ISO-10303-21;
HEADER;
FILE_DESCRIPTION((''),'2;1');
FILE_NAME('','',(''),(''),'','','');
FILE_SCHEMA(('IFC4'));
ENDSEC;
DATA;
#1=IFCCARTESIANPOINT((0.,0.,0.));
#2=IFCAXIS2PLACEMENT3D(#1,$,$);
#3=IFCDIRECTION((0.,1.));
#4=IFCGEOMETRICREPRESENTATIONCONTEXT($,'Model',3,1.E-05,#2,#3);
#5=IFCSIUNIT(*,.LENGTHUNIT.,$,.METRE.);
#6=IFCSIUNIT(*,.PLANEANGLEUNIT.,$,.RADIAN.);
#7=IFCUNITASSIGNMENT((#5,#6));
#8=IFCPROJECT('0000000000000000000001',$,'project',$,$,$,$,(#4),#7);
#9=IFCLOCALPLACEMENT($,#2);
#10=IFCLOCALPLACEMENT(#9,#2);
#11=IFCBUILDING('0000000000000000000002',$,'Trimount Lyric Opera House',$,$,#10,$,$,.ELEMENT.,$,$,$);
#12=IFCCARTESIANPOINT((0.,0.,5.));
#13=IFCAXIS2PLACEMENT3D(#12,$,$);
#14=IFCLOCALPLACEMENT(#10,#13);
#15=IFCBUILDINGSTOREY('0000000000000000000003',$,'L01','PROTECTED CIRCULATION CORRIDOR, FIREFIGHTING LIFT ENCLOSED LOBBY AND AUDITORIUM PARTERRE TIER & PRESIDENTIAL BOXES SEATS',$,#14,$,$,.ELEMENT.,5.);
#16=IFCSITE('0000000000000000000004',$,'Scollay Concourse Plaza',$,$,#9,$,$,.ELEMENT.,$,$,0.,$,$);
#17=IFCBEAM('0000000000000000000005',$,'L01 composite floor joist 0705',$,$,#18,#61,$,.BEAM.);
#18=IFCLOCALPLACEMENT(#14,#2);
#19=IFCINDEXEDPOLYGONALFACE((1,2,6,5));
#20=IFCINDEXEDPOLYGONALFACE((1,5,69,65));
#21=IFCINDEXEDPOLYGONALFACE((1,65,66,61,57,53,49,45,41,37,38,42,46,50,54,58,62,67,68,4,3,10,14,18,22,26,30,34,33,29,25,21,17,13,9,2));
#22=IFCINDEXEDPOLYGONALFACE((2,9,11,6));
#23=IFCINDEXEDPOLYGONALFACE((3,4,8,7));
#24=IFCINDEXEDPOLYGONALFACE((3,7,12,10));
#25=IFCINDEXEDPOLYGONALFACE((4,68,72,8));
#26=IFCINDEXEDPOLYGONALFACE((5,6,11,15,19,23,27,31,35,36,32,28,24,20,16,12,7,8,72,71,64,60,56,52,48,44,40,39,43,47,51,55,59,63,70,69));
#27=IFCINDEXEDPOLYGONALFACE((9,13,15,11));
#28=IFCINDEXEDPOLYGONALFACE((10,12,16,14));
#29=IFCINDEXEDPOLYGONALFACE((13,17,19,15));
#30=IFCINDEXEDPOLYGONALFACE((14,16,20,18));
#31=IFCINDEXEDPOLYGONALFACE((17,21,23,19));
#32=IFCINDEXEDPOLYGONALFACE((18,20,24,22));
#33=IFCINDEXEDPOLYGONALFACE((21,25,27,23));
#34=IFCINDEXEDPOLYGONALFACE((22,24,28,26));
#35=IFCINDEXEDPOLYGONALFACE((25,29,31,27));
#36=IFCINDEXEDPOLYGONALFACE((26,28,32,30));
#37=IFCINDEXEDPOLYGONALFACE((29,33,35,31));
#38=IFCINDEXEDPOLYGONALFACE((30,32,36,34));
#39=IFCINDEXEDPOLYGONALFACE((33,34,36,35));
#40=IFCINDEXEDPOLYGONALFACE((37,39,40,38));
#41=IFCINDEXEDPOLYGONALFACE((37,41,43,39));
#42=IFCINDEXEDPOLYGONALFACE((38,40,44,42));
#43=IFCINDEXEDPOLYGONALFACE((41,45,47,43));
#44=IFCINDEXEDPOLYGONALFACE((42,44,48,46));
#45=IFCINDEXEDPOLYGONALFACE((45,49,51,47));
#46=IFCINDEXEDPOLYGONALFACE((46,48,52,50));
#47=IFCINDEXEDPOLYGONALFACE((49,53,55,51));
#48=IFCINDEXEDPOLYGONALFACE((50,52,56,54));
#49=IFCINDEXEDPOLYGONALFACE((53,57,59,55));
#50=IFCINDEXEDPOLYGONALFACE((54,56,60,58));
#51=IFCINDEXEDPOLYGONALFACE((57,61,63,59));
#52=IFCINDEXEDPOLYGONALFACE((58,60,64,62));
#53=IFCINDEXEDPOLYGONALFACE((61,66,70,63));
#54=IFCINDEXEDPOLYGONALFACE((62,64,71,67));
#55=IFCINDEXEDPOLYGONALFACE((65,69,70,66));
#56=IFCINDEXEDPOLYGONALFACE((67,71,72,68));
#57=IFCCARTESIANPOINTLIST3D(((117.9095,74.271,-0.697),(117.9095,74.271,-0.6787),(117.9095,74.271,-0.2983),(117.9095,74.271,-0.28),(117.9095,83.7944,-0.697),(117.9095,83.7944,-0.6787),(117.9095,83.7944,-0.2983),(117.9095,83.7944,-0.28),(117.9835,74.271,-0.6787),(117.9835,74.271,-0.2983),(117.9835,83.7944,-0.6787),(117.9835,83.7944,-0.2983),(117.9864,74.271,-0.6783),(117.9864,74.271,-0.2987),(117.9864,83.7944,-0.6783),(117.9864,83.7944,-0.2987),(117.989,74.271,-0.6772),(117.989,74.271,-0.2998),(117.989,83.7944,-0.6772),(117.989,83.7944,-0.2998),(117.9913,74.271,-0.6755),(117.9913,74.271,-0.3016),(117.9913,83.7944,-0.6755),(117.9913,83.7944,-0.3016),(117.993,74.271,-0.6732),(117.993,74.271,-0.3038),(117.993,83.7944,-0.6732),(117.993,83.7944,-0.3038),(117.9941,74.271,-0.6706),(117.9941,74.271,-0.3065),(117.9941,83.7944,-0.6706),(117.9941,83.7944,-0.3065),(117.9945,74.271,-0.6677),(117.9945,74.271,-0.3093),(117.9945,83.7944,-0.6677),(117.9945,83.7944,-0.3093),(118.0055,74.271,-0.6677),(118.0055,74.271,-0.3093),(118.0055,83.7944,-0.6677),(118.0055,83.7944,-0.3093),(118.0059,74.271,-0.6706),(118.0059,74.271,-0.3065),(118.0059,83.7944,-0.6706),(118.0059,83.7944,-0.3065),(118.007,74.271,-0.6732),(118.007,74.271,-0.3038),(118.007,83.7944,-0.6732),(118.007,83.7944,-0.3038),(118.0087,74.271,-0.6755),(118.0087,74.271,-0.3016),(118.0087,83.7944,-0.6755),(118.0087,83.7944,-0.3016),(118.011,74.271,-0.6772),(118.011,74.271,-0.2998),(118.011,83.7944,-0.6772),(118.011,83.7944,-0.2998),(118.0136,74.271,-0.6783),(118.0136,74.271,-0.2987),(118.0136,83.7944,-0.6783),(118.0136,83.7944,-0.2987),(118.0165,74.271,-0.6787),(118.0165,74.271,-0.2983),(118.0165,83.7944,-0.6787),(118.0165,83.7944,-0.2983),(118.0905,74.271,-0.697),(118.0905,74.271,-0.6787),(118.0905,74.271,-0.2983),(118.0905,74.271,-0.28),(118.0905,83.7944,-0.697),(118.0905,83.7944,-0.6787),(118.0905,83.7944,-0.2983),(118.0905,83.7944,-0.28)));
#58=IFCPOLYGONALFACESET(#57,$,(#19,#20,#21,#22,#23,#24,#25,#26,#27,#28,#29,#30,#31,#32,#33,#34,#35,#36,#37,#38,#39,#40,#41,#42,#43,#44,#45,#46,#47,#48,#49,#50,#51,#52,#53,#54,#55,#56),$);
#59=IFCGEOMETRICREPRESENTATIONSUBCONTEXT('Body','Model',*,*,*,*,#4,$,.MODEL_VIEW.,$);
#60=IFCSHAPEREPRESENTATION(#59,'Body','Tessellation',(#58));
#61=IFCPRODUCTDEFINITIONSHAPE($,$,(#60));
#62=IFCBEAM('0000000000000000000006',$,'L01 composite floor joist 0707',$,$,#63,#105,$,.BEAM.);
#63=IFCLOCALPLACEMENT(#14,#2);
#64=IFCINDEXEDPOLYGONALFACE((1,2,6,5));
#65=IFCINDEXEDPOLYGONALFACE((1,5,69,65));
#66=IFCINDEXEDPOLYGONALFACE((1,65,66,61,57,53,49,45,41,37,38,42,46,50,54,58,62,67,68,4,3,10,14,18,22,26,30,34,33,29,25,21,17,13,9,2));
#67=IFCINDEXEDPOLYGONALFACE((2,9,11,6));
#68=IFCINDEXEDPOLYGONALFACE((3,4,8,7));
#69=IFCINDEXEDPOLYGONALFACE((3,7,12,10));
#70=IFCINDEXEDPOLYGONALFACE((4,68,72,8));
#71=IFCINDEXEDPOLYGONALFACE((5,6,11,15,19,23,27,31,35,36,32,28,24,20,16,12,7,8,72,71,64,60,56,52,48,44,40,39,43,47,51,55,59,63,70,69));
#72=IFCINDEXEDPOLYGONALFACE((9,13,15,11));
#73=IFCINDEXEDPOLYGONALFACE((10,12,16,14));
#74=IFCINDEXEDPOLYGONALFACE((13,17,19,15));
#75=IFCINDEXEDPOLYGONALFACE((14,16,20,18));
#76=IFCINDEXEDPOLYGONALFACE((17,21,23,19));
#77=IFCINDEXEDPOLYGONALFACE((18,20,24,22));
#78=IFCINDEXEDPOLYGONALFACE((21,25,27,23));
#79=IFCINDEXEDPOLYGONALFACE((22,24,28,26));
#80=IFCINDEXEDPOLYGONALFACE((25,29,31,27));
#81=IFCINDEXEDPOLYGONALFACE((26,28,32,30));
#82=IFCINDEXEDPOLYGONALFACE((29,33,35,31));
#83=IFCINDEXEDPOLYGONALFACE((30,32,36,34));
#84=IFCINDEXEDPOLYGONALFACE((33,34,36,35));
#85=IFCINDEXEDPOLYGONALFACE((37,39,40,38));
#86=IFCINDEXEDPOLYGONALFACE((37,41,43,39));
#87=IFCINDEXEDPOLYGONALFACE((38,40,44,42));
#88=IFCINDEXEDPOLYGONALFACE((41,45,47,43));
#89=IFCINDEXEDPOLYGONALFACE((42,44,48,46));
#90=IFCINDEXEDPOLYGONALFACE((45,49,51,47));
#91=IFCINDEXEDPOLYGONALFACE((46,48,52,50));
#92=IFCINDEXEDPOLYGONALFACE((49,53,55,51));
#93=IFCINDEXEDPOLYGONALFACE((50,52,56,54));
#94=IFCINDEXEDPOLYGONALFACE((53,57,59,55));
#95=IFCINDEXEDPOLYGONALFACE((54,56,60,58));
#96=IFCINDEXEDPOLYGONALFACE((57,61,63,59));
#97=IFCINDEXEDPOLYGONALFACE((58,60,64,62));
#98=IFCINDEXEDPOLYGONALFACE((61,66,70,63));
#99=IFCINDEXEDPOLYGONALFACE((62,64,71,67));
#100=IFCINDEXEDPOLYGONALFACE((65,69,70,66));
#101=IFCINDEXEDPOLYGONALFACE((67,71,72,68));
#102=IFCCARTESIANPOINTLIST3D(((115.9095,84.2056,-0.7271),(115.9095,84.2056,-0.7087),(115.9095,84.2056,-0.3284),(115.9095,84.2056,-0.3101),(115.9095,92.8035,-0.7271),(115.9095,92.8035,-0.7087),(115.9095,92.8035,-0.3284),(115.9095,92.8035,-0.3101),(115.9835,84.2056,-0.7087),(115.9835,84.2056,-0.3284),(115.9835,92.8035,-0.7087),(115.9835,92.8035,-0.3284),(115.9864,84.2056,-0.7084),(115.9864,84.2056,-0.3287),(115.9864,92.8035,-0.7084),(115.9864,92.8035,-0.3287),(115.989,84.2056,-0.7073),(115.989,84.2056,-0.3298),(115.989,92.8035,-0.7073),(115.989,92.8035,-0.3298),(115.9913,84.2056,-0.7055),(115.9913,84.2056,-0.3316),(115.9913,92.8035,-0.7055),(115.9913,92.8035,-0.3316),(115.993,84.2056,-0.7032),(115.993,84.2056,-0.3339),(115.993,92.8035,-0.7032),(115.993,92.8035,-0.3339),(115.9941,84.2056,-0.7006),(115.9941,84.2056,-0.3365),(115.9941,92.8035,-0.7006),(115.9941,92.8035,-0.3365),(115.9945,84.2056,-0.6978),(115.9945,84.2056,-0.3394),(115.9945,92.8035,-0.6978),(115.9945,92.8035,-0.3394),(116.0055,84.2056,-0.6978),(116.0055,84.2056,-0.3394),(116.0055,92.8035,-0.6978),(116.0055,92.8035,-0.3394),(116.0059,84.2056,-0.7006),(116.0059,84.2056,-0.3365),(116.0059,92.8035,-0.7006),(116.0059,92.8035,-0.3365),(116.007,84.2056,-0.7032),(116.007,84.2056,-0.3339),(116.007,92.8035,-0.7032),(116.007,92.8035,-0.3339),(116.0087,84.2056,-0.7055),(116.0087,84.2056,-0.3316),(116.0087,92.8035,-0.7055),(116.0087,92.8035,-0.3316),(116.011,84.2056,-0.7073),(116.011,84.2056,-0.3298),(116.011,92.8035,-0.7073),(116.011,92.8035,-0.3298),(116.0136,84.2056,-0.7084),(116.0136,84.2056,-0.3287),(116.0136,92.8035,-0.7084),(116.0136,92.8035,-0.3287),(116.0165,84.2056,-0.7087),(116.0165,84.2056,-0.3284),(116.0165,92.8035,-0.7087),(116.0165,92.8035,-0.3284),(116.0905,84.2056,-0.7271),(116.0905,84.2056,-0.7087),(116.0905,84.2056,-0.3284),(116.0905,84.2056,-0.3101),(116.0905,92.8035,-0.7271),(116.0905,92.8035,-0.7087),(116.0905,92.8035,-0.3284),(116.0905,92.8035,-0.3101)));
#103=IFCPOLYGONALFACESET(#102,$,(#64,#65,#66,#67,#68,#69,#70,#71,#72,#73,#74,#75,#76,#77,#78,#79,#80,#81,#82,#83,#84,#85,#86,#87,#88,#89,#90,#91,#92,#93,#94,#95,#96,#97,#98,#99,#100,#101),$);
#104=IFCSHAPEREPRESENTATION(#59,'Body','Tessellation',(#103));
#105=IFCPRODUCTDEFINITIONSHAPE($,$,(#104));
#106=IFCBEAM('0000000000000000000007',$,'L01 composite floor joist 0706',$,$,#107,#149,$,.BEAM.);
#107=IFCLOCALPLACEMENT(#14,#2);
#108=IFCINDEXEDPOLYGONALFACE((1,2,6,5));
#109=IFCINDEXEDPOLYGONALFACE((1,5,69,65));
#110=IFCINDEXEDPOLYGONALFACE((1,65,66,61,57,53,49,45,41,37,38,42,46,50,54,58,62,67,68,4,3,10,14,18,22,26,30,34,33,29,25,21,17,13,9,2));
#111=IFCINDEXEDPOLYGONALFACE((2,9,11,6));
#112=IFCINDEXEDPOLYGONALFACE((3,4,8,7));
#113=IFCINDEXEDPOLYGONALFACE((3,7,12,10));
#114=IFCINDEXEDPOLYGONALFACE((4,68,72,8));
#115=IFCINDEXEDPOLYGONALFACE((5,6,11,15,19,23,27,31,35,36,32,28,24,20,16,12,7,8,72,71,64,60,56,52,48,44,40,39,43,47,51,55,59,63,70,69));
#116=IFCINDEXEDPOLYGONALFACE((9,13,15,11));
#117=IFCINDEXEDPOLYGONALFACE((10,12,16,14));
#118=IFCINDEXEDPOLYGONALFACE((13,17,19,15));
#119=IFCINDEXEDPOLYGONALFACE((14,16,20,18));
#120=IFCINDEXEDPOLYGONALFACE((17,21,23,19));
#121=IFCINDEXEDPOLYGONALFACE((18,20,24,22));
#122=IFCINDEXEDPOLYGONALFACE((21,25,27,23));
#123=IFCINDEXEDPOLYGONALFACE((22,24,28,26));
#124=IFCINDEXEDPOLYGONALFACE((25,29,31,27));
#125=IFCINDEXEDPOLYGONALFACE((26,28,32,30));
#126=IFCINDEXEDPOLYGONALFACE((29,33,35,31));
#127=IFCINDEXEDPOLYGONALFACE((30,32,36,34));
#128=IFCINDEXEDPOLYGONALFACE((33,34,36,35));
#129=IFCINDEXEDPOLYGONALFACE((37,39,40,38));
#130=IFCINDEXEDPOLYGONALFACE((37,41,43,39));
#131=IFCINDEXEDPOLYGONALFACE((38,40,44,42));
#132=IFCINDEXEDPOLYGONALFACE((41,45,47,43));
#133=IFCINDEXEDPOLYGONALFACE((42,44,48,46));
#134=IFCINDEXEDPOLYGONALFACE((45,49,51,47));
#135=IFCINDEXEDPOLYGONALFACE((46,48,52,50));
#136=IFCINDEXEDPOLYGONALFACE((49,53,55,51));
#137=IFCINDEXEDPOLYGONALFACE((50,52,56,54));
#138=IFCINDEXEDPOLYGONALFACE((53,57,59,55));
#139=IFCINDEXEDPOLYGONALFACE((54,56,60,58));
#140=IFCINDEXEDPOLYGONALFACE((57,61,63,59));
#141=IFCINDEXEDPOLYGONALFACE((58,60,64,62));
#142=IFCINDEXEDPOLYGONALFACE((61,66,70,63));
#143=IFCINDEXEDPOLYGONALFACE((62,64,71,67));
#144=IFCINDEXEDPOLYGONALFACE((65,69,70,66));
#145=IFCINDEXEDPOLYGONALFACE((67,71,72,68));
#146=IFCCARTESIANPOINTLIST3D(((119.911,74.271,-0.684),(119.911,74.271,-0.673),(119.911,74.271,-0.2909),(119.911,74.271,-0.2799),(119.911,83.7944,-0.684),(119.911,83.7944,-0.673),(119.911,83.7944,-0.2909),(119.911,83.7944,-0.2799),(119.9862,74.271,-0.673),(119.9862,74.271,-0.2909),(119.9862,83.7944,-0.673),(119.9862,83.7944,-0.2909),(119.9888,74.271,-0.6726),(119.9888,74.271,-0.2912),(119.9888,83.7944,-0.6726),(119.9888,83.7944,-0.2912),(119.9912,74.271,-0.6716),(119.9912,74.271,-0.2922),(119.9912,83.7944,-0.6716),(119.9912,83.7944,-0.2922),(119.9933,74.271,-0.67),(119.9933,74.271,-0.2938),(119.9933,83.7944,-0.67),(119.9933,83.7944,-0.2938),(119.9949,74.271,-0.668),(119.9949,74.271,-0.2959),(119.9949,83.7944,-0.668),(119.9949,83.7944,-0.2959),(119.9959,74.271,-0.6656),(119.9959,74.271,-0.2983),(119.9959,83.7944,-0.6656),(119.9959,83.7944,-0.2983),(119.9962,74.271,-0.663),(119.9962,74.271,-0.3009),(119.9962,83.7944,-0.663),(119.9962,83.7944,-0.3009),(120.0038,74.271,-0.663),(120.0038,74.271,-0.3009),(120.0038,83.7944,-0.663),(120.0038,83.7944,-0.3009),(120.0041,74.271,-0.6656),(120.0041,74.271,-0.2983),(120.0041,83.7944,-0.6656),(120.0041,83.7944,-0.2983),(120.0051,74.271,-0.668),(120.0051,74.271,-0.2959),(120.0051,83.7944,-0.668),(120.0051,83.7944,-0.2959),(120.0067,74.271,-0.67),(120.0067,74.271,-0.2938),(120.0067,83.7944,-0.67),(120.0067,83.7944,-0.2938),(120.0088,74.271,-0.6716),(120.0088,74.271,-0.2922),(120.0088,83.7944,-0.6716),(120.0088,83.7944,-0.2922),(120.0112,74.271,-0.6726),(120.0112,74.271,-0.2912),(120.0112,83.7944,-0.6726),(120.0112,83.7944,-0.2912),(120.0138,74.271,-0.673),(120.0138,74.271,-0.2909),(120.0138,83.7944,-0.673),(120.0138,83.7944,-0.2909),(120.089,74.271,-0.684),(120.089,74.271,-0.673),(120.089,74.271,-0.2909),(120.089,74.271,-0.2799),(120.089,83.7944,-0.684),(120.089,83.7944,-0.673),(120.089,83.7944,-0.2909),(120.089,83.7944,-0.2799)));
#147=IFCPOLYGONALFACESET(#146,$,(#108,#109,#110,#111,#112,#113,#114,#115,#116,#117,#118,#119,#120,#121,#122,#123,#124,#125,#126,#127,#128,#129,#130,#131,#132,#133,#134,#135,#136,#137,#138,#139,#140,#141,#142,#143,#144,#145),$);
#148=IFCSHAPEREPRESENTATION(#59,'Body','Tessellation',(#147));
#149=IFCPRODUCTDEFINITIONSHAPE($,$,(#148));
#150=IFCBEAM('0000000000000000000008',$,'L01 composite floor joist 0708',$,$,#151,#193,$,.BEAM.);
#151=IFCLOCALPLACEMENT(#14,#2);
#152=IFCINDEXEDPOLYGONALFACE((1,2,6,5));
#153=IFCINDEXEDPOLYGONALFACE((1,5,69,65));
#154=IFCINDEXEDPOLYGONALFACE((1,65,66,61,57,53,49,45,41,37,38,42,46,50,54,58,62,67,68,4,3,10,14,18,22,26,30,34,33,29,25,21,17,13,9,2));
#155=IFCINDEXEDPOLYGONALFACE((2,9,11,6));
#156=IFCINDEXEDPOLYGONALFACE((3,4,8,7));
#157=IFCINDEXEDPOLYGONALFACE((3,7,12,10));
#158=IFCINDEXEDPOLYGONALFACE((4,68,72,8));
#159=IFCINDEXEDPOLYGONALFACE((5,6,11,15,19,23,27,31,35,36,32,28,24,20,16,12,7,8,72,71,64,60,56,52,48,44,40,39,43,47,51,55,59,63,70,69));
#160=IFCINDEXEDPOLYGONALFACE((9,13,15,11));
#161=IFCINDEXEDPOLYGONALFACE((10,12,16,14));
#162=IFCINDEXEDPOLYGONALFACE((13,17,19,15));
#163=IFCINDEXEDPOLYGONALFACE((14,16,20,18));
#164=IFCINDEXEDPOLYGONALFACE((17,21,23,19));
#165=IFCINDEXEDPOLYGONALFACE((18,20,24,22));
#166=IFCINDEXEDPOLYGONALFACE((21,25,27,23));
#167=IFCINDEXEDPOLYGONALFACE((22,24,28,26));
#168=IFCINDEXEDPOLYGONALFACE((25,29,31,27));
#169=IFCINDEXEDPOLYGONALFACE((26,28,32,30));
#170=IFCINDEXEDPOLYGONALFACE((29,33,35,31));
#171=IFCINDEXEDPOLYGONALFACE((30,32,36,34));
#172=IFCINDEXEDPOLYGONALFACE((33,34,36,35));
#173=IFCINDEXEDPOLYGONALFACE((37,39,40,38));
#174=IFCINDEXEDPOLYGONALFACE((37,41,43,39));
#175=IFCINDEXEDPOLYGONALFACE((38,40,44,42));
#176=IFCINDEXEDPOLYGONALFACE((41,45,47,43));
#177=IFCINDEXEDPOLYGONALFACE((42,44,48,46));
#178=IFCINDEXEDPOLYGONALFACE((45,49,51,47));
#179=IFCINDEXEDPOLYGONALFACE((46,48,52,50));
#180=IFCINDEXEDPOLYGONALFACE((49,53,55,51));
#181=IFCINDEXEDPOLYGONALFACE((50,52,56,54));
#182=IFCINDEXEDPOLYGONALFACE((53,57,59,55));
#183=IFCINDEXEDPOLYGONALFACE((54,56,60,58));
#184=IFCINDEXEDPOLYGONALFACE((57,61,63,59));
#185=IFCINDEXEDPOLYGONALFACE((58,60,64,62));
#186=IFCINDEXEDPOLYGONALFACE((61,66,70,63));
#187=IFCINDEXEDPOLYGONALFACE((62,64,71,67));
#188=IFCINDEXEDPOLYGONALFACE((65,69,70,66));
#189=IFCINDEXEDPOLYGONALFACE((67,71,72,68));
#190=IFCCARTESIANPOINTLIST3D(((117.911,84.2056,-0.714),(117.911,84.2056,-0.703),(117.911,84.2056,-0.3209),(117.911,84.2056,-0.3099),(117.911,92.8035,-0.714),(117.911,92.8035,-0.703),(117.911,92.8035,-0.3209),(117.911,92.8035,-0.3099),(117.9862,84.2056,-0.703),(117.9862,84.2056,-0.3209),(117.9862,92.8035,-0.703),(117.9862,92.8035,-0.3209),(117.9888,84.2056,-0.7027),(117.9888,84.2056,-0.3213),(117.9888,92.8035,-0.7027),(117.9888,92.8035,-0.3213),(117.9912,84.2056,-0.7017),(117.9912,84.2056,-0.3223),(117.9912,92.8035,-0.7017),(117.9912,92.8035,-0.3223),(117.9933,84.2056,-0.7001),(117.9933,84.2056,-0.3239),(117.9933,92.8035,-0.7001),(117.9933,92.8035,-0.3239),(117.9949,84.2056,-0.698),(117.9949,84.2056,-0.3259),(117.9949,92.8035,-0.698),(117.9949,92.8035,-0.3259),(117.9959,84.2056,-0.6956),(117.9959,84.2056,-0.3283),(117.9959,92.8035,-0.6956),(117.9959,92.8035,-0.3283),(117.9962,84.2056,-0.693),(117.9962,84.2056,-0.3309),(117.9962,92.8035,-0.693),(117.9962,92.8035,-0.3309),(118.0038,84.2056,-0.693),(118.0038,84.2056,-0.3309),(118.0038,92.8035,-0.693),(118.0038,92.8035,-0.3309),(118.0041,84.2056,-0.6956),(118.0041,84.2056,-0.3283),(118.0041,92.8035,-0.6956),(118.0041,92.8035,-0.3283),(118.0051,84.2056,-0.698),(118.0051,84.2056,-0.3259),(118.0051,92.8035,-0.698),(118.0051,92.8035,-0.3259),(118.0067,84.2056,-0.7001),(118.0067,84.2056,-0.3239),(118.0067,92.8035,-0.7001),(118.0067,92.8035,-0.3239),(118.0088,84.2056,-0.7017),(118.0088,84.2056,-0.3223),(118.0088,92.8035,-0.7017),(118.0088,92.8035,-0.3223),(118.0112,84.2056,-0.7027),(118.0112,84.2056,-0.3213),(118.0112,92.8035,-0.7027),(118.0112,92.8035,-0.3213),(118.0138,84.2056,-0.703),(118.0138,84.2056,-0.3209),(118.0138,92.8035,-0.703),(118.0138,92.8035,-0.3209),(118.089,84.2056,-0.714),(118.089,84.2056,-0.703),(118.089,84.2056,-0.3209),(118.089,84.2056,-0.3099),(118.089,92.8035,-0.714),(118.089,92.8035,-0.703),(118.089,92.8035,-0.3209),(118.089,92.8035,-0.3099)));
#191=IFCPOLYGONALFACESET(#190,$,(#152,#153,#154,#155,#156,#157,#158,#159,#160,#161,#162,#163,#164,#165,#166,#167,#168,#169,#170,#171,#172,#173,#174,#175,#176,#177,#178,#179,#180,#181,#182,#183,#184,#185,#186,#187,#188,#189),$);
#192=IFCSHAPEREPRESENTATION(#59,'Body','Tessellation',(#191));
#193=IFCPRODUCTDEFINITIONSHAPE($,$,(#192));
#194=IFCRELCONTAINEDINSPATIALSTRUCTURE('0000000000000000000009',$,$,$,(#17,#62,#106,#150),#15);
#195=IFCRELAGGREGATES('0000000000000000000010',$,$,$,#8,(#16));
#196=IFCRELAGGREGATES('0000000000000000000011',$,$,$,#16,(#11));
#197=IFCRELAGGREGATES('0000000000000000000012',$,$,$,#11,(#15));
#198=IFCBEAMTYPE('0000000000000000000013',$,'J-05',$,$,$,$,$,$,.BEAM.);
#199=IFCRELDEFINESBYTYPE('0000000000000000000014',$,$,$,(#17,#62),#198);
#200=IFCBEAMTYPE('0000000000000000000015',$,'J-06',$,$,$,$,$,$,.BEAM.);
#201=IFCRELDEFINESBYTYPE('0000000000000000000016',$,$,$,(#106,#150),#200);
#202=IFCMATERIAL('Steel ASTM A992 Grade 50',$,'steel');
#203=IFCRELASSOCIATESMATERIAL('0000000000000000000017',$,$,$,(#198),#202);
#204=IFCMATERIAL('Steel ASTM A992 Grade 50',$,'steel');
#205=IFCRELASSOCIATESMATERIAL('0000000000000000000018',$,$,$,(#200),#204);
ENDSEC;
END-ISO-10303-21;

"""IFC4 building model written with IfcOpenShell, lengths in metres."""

from ifc_helpers import new_model, si_unit, direction, frame, origin, origin_2d, place, context, subcontext, project, spatial, i_section, extrude, material, material_profile, profile_set, type_object, element, save


model = new_model("IFC4")

# Units and contexts
model_context = context("Model", 3, precision=1e-05, world=origin(), true_north=direction((0.0, 1.0)))
body_context = subcontext(model_context, "Body", "Model", "MODEL_VIEW")
ifc_project = project(units=[si_unit("LENGTHUNIT", "METRE"), si_unit("PLANEANGLEUNIT", "RADIAN")], contexts=[model_context])

# Site, building, storey
site_placement = place(None, origin())
site = spatial("IfcSite", under=ifc_project, at=site_placement, Name="Scollay Concourse Plaza", CompositionType="ELEMENT", RefElevation=0.0)
building_placement = place(site_placement, origin())
building = spatial("IfcBuilding", under=site, at=building_placement, Name="Trimount Lyric Opera House", CompositionType="ELEMENT")
storey_placement = place(building_placement, frame((0.0, 0.0, 5.0)))
storey = spatial("IfcBuildingStorey", under=building, at=storey_placement, Name="L01", Description="PROTECTED CIRCULATION CORRIDOR, FIREFIGHTING LIFT ENCLOSED LOBBY AND AUDITORIUM PARTERRE TIER & PRESIDENTIAL BOXES SEATS", CompositionType="ELEMENT", Elevation=5.0)

# Beams
ifc_material_1 = material(Name="Steel ASTM A992 Grade 50", Category="steel")
ifc_material_profile_1 = material_profile(ifc_material_1, i_section(OverallWidth=0.1809, OverallDepth=0.417, WebThickness=0.011, FlangeThickness=0.0183, FilletRadius=0.011, at=origin_2d()), Name="W16X57")
ifc_profile_set_1 = profile_set([ifc_material_profile_1], Name="Steel ASTM A992 Grade 50")
beam_type_1 = type_object("IfcBeamType", Name="J-05", PredefinedType="BEAM", material=ifc_profile_set_1)
beam_1_placement = place(storey_placement, frame((118.0, 74.271, -0.4885), z_axis=(0.0, 1.0, 0.0), x_axis=(-1.0, 0.0, 0.0)))
element("IfcBeam", 1, at=beam_1_placement, inside=storey, type_object=beam_type_1, Name="L01 composite floor joist 0705", PredefinedType="BEAM", context=body_context, shape_type="SweptSolid", body=[
    extrude(i_section(OverallWidth=0.1809, OverallDepth=0.417, WebThickness=0.011, FlangeThickness=0.0183, FilletRadius=0.011, at=origin_2d()), origin(), (0.0, 0.0, 1.0), 9.5234),
])
beam_2_placement = place(storey_placement, frame((116.0, 84.2056, -0.5186), z_axis=(0.0, 1.0, 0.0), x_axis=(-1.0, 0.0, 0.0)))
element("IfcBeam", 2, at=beam_2_placement, inside=storey, type_object=beam_type_1, Name="L01 composite floor joist 0707", PredefinedType="BEAM", context=body_context, shape_type="SweptSolid", body=[
    extrude(i_section(OverallWidth=0.1809, OverallDepth=0.417, WebThickness=0.011, FlangeThickness=0.0183, FilletRadius=0.011, at=origin_2d()), origin(), (0.0, 0.0, 1.0), 8.5979),
])
ifc_material_2 = material(Name="Steel ASTM A992 Grade 50", Category="steel")
ifc_material_profile_2 = material_profile(ifc_material_2, i_section(OverallWidth=0.178, OverallDepth=0.4041, WebThickness=0.0076, FlangeThickness=0.011, FilletRadius=0.01, at=origin_2d()), Name="W16X36")
ifc_profile_set_2 = profile_set([ifc_material_profile_2], Name="Steel ASTM A992 Grade 50")
beam_type_2 = type_object("IfcBeamType", Name="J-06", PredefinedType="BEAM", material=ifc_profile_set_2)
beam_3_placement = place(storey_placement, frame((120.0, 74.271, -0.4819), z_axis=(0.0, 1.0, 0.0), x_axis=(-1.0, 0.0, 0.0)))
element("IfcBeam", 3, at=beam_3_placement, inside=storey, type_object=beam_type_2, Name="L01 composite floor joist 0706", PredefinedType="BEAM", context=body_context, shape_type="SweptSolid", body=[
    extrude(i_section(OverallWidth=0.178, OverallDepth=0.4041, WebThickness=0.0076, FlangeThickness=0.011, FilletRadius=0.01, at=origin_2d()), origin(), (0.0, 0.0, 1.0), 9.5234),
])
beam_4_placement = place(storey_placement, frame((118.0, 84.2056, -0.512), z_axis=(0.0, 1.0, 0.0), x_axis=(-1.0, 0.0, 0.0)))
element("IfcBeam", 4, at=beam_4_placement, inside=storey, type_object=beam_type_2, Name="L01 composite floor joist 0708", PredefinedType="BEAM", context=body_context, shape_type="SweptSolid", body=[
    extrude(i_section(OverallWidth=0.178, OverallDepth=0.4041, WebThickness=0.0076, FlangeThickness=0.011, FilletRadius=0.01, at=origin_2d()), origin(), (0.0, 0.0, 1.0), 8.5979),
])

save(model, "model.ifc")
